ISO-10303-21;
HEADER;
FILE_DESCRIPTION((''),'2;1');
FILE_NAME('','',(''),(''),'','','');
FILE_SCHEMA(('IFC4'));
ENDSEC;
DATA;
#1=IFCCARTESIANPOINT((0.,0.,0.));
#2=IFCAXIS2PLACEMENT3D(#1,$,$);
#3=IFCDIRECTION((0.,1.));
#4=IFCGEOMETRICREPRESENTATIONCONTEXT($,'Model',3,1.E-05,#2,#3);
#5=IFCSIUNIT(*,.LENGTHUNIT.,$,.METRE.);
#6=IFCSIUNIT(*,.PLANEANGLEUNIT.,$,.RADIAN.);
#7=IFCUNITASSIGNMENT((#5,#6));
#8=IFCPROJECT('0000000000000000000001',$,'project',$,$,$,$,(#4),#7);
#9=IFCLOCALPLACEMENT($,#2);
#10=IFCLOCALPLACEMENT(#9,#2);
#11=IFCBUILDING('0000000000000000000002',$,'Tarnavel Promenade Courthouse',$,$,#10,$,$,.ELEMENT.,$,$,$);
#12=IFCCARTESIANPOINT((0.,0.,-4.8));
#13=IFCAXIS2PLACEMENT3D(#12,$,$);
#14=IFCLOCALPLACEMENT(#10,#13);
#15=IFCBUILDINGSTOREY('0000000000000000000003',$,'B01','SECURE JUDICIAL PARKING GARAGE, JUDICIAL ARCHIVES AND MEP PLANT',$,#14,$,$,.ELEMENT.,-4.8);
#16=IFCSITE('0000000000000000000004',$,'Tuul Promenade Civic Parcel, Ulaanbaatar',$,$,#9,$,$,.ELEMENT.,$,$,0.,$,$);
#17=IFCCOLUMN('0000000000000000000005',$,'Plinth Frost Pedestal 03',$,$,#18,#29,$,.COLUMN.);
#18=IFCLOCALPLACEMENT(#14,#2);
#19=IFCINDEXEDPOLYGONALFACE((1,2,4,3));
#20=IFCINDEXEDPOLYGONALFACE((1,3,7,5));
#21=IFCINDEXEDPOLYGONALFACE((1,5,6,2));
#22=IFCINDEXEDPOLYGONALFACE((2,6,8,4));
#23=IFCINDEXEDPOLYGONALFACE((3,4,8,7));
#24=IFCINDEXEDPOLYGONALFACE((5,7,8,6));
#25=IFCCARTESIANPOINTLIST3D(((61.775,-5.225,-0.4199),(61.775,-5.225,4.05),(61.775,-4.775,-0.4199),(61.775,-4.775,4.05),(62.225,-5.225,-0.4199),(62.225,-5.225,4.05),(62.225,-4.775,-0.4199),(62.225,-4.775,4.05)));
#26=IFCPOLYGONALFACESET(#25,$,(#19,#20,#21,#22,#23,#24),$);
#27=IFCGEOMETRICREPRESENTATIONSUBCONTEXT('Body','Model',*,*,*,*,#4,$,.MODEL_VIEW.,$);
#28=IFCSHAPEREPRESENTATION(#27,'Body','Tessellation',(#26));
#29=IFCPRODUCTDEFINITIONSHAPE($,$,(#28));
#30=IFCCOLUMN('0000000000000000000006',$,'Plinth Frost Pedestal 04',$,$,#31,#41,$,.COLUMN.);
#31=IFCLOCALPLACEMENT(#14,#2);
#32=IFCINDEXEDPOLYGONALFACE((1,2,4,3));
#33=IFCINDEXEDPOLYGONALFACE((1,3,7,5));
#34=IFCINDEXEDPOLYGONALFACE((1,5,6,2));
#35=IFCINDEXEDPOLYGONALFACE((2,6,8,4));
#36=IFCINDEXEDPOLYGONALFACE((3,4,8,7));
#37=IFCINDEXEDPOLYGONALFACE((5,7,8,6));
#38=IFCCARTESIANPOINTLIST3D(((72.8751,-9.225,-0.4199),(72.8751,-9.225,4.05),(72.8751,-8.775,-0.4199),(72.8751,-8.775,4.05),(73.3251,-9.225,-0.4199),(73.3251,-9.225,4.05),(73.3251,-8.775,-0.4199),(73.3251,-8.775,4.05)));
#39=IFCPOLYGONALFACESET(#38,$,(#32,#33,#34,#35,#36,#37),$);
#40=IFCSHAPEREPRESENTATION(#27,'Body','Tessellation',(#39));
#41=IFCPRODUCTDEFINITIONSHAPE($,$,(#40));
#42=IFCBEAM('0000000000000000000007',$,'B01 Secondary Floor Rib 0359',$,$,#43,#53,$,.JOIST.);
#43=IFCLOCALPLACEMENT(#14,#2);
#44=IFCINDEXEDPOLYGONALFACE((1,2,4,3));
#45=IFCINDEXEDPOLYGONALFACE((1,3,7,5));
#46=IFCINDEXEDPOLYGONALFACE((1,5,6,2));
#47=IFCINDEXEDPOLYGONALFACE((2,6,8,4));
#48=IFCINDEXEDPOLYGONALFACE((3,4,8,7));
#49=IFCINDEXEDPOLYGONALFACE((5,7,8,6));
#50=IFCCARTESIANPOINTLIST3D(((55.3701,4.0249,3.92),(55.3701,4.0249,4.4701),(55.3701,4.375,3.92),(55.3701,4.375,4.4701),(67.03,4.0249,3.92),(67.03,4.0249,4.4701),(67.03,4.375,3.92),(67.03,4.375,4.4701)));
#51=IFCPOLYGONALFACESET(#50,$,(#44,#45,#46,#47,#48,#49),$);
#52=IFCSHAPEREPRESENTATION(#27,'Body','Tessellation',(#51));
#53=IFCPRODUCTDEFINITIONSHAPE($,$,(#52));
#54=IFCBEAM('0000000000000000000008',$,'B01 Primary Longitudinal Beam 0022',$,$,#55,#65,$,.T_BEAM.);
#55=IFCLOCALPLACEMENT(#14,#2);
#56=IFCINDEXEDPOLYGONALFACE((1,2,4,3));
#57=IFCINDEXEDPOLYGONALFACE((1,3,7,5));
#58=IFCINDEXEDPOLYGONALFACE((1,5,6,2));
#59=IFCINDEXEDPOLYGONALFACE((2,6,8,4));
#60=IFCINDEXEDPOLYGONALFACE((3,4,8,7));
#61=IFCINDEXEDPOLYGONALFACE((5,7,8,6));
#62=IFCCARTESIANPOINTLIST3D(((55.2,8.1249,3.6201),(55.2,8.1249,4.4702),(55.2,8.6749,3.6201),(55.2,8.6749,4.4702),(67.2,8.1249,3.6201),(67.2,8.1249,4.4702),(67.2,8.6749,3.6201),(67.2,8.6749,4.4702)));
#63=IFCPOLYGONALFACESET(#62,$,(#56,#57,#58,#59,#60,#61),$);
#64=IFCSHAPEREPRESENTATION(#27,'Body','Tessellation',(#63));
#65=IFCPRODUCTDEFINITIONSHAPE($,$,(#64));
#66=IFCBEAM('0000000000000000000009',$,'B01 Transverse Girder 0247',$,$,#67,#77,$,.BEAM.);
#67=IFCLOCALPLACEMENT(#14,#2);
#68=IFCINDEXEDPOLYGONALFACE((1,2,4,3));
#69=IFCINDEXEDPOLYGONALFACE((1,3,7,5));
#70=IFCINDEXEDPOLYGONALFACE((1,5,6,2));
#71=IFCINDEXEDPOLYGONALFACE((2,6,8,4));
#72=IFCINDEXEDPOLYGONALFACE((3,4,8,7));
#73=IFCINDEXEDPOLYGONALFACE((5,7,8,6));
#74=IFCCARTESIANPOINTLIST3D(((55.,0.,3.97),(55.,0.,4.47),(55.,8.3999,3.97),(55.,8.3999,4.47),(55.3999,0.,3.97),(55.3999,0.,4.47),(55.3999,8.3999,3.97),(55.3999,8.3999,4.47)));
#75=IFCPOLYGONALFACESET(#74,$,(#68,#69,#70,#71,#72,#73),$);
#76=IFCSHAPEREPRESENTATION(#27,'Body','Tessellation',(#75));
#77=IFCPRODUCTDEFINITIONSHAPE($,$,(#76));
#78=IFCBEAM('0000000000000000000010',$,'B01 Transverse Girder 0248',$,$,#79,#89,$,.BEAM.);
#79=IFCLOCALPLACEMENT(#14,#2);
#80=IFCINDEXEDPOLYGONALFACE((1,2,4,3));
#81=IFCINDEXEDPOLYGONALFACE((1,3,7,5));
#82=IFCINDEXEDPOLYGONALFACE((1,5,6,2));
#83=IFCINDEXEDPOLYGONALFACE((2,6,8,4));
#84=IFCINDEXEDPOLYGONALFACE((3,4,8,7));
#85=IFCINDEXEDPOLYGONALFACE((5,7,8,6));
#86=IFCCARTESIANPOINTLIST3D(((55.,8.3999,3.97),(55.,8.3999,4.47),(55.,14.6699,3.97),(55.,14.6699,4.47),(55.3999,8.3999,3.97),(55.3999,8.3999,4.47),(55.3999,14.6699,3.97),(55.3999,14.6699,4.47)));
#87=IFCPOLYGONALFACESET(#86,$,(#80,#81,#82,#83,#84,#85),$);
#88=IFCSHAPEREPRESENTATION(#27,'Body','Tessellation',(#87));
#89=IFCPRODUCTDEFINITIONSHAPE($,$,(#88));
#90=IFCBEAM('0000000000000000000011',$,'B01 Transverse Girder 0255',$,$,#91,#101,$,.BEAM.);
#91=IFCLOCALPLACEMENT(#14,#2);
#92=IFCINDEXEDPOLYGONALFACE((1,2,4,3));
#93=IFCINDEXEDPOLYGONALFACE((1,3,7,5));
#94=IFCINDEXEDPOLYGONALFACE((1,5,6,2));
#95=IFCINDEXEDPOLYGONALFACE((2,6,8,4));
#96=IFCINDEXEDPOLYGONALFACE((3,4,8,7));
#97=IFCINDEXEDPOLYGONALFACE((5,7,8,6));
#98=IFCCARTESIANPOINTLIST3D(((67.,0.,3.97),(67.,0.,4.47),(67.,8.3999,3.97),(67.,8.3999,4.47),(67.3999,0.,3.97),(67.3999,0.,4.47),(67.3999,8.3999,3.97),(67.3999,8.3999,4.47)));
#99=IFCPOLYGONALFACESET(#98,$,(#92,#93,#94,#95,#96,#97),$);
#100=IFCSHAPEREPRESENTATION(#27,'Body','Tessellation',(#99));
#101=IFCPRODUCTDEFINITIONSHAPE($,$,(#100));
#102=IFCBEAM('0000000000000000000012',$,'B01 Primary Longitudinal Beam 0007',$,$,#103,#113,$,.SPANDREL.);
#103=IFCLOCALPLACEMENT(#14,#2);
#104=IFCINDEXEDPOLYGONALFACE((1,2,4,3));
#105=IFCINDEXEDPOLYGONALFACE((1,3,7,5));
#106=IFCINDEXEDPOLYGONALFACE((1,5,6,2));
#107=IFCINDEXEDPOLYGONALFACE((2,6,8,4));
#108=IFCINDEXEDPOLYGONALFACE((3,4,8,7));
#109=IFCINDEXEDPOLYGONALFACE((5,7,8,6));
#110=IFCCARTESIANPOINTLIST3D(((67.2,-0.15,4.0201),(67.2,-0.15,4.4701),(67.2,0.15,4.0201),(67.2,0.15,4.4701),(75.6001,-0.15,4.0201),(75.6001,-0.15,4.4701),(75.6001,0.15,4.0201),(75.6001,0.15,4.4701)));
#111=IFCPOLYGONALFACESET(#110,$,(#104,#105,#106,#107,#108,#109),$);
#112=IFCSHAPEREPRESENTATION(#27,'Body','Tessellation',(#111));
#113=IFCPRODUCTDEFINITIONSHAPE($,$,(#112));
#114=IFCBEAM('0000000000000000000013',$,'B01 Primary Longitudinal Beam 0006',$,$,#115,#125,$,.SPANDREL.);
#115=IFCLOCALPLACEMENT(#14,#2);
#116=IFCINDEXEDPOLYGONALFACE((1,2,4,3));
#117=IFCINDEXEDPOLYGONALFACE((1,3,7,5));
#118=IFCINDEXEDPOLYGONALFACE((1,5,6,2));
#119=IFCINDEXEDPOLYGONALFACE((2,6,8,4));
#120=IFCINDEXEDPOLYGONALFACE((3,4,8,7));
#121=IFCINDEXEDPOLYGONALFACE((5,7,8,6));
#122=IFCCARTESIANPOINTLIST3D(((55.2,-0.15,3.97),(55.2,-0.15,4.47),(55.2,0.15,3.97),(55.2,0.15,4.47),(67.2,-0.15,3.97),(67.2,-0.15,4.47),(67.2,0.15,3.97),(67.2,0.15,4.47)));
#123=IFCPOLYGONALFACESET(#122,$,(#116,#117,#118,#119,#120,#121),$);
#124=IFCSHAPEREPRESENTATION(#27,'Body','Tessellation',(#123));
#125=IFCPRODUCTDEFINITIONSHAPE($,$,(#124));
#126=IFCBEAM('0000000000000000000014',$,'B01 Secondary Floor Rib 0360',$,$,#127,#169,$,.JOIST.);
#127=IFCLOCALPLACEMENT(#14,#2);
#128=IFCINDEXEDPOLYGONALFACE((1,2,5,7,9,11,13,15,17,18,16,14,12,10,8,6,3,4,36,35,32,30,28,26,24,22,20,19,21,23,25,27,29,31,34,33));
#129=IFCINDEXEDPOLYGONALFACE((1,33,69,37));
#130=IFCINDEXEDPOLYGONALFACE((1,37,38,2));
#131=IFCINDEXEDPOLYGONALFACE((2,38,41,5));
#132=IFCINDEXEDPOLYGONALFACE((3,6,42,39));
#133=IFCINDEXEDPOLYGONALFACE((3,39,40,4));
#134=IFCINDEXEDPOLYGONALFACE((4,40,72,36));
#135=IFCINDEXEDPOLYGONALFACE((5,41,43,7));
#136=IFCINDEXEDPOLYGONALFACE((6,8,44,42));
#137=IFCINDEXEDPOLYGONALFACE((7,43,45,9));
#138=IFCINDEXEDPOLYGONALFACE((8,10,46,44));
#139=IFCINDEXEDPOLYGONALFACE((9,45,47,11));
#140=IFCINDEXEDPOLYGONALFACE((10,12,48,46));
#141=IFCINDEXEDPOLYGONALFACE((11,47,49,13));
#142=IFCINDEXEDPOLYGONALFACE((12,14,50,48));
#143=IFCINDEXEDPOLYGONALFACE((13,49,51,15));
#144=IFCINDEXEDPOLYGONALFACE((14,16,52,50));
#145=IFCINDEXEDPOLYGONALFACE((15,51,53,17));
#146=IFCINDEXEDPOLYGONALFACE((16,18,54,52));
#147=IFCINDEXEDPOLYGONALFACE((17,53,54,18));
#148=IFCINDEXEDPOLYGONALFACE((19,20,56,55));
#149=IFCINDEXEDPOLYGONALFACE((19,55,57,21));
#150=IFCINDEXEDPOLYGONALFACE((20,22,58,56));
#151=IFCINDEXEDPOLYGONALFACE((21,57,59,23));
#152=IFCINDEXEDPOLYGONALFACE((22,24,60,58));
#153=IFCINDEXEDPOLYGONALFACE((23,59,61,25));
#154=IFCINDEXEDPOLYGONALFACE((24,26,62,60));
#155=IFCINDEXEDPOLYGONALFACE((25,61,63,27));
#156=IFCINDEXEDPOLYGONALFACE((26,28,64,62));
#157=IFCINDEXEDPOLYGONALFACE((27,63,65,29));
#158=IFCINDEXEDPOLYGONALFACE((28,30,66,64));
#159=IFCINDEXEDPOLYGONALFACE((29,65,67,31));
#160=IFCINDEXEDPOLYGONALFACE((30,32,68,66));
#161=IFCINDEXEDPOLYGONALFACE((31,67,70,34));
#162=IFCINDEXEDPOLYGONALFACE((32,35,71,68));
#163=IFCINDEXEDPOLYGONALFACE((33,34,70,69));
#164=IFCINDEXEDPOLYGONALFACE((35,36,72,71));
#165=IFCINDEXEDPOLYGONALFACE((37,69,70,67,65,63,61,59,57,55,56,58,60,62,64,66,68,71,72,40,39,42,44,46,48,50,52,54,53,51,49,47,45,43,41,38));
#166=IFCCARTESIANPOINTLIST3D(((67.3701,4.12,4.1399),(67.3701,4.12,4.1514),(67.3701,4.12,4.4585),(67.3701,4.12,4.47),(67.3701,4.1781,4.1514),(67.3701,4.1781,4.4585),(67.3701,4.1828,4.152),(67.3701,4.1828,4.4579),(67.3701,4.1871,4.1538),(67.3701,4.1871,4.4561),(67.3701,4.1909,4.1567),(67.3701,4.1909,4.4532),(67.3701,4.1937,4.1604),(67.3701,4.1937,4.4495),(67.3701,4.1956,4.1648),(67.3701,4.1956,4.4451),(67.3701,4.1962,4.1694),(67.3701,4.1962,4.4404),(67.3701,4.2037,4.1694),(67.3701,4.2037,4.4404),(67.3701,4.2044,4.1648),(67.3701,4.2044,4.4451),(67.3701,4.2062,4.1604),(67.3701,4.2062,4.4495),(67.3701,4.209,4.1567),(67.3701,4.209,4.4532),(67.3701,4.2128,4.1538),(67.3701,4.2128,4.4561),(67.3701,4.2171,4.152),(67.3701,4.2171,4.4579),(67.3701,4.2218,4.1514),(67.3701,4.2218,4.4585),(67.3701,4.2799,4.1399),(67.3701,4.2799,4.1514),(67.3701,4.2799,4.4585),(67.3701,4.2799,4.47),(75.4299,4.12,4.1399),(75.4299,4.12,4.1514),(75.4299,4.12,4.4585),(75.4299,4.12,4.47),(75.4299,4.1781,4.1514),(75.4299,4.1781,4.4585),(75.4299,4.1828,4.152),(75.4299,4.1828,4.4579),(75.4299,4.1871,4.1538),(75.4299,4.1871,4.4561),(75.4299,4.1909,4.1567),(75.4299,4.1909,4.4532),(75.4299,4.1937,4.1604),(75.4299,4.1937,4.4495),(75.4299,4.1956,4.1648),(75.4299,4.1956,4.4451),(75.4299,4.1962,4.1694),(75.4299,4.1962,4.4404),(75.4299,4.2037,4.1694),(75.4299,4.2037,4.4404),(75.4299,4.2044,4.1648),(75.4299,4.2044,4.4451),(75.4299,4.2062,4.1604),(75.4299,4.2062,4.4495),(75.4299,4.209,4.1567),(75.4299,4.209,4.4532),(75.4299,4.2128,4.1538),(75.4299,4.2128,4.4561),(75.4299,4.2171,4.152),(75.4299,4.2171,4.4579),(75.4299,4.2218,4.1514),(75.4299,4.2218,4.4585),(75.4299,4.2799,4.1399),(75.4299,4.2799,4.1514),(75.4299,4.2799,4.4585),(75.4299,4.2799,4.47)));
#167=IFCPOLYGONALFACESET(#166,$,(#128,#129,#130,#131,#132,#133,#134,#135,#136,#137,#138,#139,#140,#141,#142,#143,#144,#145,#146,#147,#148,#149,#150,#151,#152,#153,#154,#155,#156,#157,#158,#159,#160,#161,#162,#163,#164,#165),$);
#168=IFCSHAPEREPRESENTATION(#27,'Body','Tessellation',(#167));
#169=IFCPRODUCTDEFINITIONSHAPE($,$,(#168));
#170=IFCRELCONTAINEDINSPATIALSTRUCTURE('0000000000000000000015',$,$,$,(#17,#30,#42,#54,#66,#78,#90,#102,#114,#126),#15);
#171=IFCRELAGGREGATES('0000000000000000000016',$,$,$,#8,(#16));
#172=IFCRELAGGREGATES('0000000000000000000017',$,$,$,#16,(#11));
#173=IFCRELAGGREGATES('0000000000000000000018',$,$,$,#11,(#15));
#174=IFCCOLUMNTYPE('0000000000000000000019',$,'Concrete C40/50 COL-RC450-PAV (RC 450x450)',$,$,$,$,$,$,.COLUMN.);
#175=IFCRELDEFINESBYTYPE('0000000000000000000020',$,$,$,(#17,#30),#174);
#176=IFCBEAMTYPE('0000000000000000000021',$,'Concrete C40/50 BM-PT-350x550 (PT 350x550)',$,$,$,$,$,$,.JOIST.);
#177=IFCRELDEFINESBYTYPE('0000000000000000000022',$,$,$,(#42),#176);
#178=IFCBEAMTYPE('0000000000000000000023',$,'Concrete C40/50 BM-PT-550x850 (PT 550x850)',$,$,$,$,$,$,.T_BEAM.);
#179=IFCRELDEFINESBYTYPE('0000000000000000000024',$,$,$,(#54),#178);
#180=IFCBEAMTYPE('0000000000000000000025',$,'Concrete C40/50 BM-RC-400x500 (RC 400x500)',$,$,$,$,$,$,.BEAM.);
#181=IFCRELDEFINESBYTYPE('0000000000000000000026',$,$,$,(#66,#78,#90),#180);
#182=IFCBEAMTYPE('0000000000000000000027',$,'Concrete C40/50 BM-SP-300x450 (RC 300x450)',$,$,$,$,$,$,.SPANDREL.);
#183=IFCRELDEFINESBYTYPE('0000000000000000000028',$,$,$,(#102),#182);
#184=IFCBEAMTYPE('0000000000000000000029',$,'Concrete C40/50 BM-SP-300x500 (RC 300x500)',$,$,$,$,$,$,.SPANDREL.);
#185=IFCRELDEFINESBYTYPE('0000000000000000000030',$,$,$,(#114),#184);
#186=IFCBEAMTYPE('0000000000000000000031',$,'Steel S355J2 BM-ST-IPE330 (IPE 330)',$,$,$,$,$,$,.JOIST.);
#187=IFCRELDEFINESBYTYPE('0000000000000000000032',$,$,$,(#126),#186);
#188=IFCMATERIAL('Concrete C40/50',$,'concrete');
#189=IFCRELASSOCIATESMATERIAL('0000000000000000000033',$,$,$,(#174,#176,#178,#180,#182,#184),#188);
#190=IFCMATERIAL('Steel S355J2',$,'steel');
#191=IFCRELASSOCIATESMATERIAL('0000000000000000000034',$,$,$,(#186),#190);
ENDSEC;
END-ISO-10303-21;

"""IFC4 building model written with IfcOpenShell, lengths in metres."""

from ifc_helpers import new_model, si_unit, direction, frame, origin, origin_2d, place, context, subcontext, project, spatial, rectangle, i_section, extrude, material, material_profile, profile_set, type_object, element, save


model = new_model("IFC4")

# Units and contexts
model_context = context("Model", 3, precision=1e-05, world=origin(), true_north=direction((0.0, 1.0)))
body_context = subcontext(model_context, "Body", "Model", "MODEL_VIEW")
ifc_project = project(units=[si_unit("LENGTHUNIT", "METRE"), si_unit("PLANEANGLEUNIT", "RADIAN")], contexts=[model_context])

# Site, building, storey
site_placement = place(None, origin())
site = spatial("IfcSite", under=ifc_project, at=site_placement, Name="Tuul Promenade Civic Parcel, Ulaanbaatar", CompositionType="ELEMENT", RefElevation=0.0)
building_placement = place(site_placement, origin())
building = spatial("IfcBuilding", under=site, at=building_placement, Name="Tarnavel Promenade Courthouse", CompositionType="ELEMENT")
storey_placement = place(building_placement, frame((0.0, 0.0, -4.8)))
storey = spatial("IfcBuildingStorey", under=building, at=storey_placement, Name="B01", Description="SECURE JUDICIAL PARKING GARAGE, JUDICIAL ARCHIVES AND MEP PLANT", CompositionType="ELEMENT", Elevation=-4.8)

# Columns
ifc_material_1 = material(Name="Concrete C40/50", Category="concrete")
ifc_material_profile_1 = material_profile(ifc_material_1, rectangle(XDim=0.45, YDim=0.45, at=origin_2d()), Name="RC 450x450")
ifc_profile_set_1 = profile_set([ifc_material_profile_1], Name="Concrete C40/50")
column_type_1 = type_object("IfcColumnType", Name="Concrete C40/50 COL-RC450-PAV (RC 450x450)", PredefinedType="COLUMN", material=ifc_profile_set_1)
for number, where, z_axis, x_axis, name in (
    (1, (62.0, -5.0, -0.4199), (0.0, 0.0, 1.0), (1.0, 0.0, 0.0), "Plinth Frost Pedestal 03"),
    (2, (73.1001, -9.0, -0.4199), (0.0, 0.0, 1.0), (1.0, 0.0, 0.0), "Plinth Frost Pedestal 04"),
):
    element("IfcColumn", number, at=place(storey_placement, frame(where, z_axis=z_axis, x_axis=x_axis)), inside=storey, type_object=column_type_1, Name=name, PredefinedType="COLUMN", context=body_context, shape_type="SweptSolid", body=[
        extrude(rectangle(XDim=0.45, YDim=0.45, at=origin_2d()), origin(), (0.0, 0.0, 1.0), 4.47),
    ])

# Beams
ifc_material_profile_2 = material_profile(ifc_material_1, rectangle(XDim=0.3501, YDim=0.55, at=origin_2d()), Name="PT 350x550")
ifc_profile_set_2 = profile_set([ifc_material_profile_2], Name="Concrete C40/50")
beam_type_1 = type_object("IfcBeamType", Name="Concrete C40/50 BM-PT-350x550 (PT 350x550)", PredefinedType="JOIST", material=ifc_profile_set_2)
beam_1_placement = place(storey_placement, frame((55.3701, 4.2, 4.1951), z_axis=(1.0, 0.0, 0.0), x_axis=(0.0, 1.0, 0.0)))
element("IfcBeam", 3, at=beam_1_placement, inside=storey, type_object=beam_type_1, Name="B01 Secondary Floor Rib 0359", PredefinedType="JOIST", context=body_context, shape_type="SweptSolid", body=[
    extrude(rectangle(XDim=0.3501, YDim=0.55, at=origin_2d()), origin(), (0.0, 0.0, 1.0), 11.6599),
])
ifc_material_profile_3 = material_profile(ifc_material_1, rectangle(XDim=0.55, YDim=0.8501, at=origin_2d()), Name="PT 550x850")
ifc_profile_set_3 = profile_set([ifc_material_profile_3], Name="Concrete C40/50")
beam_type_2 = type_object("IfcBeamType", Name="Concrete C40/50 BM-PT-550x850 (PT 550x850)", PredefinedType="T_BEAM", material=ifc_profile_set_3)
beam_2_placement = place(storey_placement, frame((55.2, 8.3999, 4.0452), z_axis=(1.0, 0.0, 0.0), x_axis=(0.0, 1.0, 0.0)))
element("IfcBeam", 4, at=beam_2_placement, inside=storey, type_object=beam_type_2, Name="B01 Primary Longitudinal Beam 0022", PredefinedType="T_BEAM", context=body_context, shape_type="SweptSolid", body=[
    extrude(rectangle(XDim=0.55, YDim=0.8501, at=origin_2d()), origin(), (0.0, 0.0, 1.0), 12.0),
])
ifc_material_profile_4 = material_profile(ifc_material_1, rectangle(XDim=0.3999, YDim=0.5, at=origin_2d()), Name="RC 400x500")
ifc_profile_set_4 = profile_set([ifc_material_profile_4], Name="Concrete C40/50")
beam_type_3 = type_object("IfcBeamType", Name="Concrete C40/50 BM-RC-400x500 (RC 400x500)", PredefinedType="BEAM", material=ifc_profile_set_4)
beam_3_placement = place(storey_placement, frame((55.2, 0.0, 4.22), z_axis=(0.0, 1.0, 0.0), x_axis=(-1.0, 0.0, 0.0)))
element("IfcBeam", 5, at=beam_3_placement, inside=storey, type_object=beam_type_3, Name="B01 Transverse Girder 0247", PredefinedType="BEAM", context=body_context, shape_type="SweptSolid", body=[
    extrude(rectangle(XDim=0.3999, YDim=0.5, at=origin_2d()), origin(), (0.0, 0.0, 1.0), 8.3999),
])
beam_4_placement = place(storey_placement, frame((55.2, 8.3999, 4.22), z_axis=(0.0, 1.0, 0.0), x_axis=(-1.0, 0.0, 0.0)))
element("IfcBeam", 6, at=beam_4_placement, inside=storey, type_object=beam_type_3, Name="B01 Transverse Girder 0248", PredefinedType="BEAM", context=body_context, shape_type="SweptSolid", body=[
    extrude(rectangle(XDim=0.3999, YDim=0.5, at=origin_2d()), origin(), (0.0, 0.0, 1.0), 6.27),
])
beam_5_placement = place(storey_placement, frame((67.2, 0.0, 4.22), z_axis=(0.0, 1.0, 0.0), x_axis=(-1.0, 0.0, 0.0)))
element("IfcBeam", 7, at=beam_5_placement, inside=storey, type_object=beam_type_3, Name="B01 Transverse Girder 0255", PredefinedType="BEAM", context=body_context, shape_type="SweptSolid", body=[
    extrude(rectangle(XDim=0.3999, YDim=0.5, at=origin_2d()), origin(), (0.0, 0.0, 1.0), 8.3999),
])
ifc_material_profile_5 = material_profile(ifc_material_1, rectangle(XDim=0.3, YDim=0.45, at=origin_2d()), Name="RC 300x450")
ifc_profile_set_5 = profile_set([ifc_material_profile_5], Name="Concrete C40/50")
beam_type_4 = type_object("IfcBeamType", Name="Concrete C40/50 BM-SP-300x450 (RC 300x450)", PredefinedType="SPANDREL", material=ifc_profile_set_5)
beam_6_placement = place(storey_placement, frame((67.2, 0.0, 4.2451), z_axis=(1.0, 0.0, 0.0), x_axis=(0.0, 1.0, 0.0)))
element("IfcBeam", 8, at=beam_6_placement, inside=storey, type_object=beam_type_4, Name="B01 Primary Longitudinal Beam 0007", PredefinedType="SPANDREL", context=body_context, shape_type="SweptSolid", body=[
    extrude(rectangle(XDim=0.3, YDim=0.45, at=origin_2d()), origin(), (0.0, 0.0, 1.0), 8.4001),
])
ifc_material_profile_6 = material_profile(ifc_material_1, rectangle(XDim=0.3, YDim=0.5, at=origin_2d()), Name="RC 300x500")
ifc_profile_set_6 = profile_set([ifc_material_profile_6], Name="Concrete C40/50")
beam_type_5 = type_object("IfcBeamType", Name="Concrete C40/50 BM-SP-300x500 (RC 300x500)", PredefinedType="SPANDREL", material=ifc_profile_set_6)
beam_7_placement = place(storey_placement, frame((55.2, 0.0, 4.22), z_axis=(1.0, 0.0, 0.0), x_axis=(0.0, 1.0, 0.0)))
element("IfcBeam", 9, at=beam_7_placement, inside=storey, type_object=beam_type_5, Name="B01 Primary Longitudinal Beam 0006", PredefinedType="SPANDREL", context=body_context, shape_type="SweptSolid", body=[
    extrude(rectangle(XDim=0.3, YDim=0.5, at=origin_2d()), origin(), (0.0, 0.0, 1.0), 12.0),
])
ifc_material_2 = material(Name="Steel S355J2", Category="steel")
ifc_material_profile_7 = material_profile(ifc_material_2, i_section(OverallWidth=0.1599, OverallDepth=0.3301, WebThickness=0.0076, FlangeThickness=0.0115, FilletRadius=0.0181, at=origin_2d()), Name="IPE 330")
ifc_profile_set_7 = profile_set([ifc_material_profile_7], Name="Steel S355J2")
beam_type_6 = type_object("IfcBeamType", Name="Steel S355J2 BM-ST-IPE330 (IPE 330)", PredefinedType="JOIST", material=ifc_profile_set_7)
beam_8_placement = place(storey_placement, frame((67.3701, 4.2, 4.3049), z_axis=(1.0, 0.0, 0.0), x_axis=(0.0, 1.0, 0.0)))
element("IfcBeam", 10, at=beam_8_placement, inside=storey, type_object=beam_type_6, Name="B01 Secondary Floor Rib 0360", PredefinedType="JOIST", context=body_context, shape_type="SweptSolid", body=[
    extrude(i_section(OverallWidth=0.1599, OverallDepth=0.3301, WebThickness=0.0076, FlangeThickness=0.0115, FilletRadius=0.0181, at=origin_2d()), origin(), (0.0, 0.0, 1.0), 8.0598),
])

save(model, "model.ifc")
